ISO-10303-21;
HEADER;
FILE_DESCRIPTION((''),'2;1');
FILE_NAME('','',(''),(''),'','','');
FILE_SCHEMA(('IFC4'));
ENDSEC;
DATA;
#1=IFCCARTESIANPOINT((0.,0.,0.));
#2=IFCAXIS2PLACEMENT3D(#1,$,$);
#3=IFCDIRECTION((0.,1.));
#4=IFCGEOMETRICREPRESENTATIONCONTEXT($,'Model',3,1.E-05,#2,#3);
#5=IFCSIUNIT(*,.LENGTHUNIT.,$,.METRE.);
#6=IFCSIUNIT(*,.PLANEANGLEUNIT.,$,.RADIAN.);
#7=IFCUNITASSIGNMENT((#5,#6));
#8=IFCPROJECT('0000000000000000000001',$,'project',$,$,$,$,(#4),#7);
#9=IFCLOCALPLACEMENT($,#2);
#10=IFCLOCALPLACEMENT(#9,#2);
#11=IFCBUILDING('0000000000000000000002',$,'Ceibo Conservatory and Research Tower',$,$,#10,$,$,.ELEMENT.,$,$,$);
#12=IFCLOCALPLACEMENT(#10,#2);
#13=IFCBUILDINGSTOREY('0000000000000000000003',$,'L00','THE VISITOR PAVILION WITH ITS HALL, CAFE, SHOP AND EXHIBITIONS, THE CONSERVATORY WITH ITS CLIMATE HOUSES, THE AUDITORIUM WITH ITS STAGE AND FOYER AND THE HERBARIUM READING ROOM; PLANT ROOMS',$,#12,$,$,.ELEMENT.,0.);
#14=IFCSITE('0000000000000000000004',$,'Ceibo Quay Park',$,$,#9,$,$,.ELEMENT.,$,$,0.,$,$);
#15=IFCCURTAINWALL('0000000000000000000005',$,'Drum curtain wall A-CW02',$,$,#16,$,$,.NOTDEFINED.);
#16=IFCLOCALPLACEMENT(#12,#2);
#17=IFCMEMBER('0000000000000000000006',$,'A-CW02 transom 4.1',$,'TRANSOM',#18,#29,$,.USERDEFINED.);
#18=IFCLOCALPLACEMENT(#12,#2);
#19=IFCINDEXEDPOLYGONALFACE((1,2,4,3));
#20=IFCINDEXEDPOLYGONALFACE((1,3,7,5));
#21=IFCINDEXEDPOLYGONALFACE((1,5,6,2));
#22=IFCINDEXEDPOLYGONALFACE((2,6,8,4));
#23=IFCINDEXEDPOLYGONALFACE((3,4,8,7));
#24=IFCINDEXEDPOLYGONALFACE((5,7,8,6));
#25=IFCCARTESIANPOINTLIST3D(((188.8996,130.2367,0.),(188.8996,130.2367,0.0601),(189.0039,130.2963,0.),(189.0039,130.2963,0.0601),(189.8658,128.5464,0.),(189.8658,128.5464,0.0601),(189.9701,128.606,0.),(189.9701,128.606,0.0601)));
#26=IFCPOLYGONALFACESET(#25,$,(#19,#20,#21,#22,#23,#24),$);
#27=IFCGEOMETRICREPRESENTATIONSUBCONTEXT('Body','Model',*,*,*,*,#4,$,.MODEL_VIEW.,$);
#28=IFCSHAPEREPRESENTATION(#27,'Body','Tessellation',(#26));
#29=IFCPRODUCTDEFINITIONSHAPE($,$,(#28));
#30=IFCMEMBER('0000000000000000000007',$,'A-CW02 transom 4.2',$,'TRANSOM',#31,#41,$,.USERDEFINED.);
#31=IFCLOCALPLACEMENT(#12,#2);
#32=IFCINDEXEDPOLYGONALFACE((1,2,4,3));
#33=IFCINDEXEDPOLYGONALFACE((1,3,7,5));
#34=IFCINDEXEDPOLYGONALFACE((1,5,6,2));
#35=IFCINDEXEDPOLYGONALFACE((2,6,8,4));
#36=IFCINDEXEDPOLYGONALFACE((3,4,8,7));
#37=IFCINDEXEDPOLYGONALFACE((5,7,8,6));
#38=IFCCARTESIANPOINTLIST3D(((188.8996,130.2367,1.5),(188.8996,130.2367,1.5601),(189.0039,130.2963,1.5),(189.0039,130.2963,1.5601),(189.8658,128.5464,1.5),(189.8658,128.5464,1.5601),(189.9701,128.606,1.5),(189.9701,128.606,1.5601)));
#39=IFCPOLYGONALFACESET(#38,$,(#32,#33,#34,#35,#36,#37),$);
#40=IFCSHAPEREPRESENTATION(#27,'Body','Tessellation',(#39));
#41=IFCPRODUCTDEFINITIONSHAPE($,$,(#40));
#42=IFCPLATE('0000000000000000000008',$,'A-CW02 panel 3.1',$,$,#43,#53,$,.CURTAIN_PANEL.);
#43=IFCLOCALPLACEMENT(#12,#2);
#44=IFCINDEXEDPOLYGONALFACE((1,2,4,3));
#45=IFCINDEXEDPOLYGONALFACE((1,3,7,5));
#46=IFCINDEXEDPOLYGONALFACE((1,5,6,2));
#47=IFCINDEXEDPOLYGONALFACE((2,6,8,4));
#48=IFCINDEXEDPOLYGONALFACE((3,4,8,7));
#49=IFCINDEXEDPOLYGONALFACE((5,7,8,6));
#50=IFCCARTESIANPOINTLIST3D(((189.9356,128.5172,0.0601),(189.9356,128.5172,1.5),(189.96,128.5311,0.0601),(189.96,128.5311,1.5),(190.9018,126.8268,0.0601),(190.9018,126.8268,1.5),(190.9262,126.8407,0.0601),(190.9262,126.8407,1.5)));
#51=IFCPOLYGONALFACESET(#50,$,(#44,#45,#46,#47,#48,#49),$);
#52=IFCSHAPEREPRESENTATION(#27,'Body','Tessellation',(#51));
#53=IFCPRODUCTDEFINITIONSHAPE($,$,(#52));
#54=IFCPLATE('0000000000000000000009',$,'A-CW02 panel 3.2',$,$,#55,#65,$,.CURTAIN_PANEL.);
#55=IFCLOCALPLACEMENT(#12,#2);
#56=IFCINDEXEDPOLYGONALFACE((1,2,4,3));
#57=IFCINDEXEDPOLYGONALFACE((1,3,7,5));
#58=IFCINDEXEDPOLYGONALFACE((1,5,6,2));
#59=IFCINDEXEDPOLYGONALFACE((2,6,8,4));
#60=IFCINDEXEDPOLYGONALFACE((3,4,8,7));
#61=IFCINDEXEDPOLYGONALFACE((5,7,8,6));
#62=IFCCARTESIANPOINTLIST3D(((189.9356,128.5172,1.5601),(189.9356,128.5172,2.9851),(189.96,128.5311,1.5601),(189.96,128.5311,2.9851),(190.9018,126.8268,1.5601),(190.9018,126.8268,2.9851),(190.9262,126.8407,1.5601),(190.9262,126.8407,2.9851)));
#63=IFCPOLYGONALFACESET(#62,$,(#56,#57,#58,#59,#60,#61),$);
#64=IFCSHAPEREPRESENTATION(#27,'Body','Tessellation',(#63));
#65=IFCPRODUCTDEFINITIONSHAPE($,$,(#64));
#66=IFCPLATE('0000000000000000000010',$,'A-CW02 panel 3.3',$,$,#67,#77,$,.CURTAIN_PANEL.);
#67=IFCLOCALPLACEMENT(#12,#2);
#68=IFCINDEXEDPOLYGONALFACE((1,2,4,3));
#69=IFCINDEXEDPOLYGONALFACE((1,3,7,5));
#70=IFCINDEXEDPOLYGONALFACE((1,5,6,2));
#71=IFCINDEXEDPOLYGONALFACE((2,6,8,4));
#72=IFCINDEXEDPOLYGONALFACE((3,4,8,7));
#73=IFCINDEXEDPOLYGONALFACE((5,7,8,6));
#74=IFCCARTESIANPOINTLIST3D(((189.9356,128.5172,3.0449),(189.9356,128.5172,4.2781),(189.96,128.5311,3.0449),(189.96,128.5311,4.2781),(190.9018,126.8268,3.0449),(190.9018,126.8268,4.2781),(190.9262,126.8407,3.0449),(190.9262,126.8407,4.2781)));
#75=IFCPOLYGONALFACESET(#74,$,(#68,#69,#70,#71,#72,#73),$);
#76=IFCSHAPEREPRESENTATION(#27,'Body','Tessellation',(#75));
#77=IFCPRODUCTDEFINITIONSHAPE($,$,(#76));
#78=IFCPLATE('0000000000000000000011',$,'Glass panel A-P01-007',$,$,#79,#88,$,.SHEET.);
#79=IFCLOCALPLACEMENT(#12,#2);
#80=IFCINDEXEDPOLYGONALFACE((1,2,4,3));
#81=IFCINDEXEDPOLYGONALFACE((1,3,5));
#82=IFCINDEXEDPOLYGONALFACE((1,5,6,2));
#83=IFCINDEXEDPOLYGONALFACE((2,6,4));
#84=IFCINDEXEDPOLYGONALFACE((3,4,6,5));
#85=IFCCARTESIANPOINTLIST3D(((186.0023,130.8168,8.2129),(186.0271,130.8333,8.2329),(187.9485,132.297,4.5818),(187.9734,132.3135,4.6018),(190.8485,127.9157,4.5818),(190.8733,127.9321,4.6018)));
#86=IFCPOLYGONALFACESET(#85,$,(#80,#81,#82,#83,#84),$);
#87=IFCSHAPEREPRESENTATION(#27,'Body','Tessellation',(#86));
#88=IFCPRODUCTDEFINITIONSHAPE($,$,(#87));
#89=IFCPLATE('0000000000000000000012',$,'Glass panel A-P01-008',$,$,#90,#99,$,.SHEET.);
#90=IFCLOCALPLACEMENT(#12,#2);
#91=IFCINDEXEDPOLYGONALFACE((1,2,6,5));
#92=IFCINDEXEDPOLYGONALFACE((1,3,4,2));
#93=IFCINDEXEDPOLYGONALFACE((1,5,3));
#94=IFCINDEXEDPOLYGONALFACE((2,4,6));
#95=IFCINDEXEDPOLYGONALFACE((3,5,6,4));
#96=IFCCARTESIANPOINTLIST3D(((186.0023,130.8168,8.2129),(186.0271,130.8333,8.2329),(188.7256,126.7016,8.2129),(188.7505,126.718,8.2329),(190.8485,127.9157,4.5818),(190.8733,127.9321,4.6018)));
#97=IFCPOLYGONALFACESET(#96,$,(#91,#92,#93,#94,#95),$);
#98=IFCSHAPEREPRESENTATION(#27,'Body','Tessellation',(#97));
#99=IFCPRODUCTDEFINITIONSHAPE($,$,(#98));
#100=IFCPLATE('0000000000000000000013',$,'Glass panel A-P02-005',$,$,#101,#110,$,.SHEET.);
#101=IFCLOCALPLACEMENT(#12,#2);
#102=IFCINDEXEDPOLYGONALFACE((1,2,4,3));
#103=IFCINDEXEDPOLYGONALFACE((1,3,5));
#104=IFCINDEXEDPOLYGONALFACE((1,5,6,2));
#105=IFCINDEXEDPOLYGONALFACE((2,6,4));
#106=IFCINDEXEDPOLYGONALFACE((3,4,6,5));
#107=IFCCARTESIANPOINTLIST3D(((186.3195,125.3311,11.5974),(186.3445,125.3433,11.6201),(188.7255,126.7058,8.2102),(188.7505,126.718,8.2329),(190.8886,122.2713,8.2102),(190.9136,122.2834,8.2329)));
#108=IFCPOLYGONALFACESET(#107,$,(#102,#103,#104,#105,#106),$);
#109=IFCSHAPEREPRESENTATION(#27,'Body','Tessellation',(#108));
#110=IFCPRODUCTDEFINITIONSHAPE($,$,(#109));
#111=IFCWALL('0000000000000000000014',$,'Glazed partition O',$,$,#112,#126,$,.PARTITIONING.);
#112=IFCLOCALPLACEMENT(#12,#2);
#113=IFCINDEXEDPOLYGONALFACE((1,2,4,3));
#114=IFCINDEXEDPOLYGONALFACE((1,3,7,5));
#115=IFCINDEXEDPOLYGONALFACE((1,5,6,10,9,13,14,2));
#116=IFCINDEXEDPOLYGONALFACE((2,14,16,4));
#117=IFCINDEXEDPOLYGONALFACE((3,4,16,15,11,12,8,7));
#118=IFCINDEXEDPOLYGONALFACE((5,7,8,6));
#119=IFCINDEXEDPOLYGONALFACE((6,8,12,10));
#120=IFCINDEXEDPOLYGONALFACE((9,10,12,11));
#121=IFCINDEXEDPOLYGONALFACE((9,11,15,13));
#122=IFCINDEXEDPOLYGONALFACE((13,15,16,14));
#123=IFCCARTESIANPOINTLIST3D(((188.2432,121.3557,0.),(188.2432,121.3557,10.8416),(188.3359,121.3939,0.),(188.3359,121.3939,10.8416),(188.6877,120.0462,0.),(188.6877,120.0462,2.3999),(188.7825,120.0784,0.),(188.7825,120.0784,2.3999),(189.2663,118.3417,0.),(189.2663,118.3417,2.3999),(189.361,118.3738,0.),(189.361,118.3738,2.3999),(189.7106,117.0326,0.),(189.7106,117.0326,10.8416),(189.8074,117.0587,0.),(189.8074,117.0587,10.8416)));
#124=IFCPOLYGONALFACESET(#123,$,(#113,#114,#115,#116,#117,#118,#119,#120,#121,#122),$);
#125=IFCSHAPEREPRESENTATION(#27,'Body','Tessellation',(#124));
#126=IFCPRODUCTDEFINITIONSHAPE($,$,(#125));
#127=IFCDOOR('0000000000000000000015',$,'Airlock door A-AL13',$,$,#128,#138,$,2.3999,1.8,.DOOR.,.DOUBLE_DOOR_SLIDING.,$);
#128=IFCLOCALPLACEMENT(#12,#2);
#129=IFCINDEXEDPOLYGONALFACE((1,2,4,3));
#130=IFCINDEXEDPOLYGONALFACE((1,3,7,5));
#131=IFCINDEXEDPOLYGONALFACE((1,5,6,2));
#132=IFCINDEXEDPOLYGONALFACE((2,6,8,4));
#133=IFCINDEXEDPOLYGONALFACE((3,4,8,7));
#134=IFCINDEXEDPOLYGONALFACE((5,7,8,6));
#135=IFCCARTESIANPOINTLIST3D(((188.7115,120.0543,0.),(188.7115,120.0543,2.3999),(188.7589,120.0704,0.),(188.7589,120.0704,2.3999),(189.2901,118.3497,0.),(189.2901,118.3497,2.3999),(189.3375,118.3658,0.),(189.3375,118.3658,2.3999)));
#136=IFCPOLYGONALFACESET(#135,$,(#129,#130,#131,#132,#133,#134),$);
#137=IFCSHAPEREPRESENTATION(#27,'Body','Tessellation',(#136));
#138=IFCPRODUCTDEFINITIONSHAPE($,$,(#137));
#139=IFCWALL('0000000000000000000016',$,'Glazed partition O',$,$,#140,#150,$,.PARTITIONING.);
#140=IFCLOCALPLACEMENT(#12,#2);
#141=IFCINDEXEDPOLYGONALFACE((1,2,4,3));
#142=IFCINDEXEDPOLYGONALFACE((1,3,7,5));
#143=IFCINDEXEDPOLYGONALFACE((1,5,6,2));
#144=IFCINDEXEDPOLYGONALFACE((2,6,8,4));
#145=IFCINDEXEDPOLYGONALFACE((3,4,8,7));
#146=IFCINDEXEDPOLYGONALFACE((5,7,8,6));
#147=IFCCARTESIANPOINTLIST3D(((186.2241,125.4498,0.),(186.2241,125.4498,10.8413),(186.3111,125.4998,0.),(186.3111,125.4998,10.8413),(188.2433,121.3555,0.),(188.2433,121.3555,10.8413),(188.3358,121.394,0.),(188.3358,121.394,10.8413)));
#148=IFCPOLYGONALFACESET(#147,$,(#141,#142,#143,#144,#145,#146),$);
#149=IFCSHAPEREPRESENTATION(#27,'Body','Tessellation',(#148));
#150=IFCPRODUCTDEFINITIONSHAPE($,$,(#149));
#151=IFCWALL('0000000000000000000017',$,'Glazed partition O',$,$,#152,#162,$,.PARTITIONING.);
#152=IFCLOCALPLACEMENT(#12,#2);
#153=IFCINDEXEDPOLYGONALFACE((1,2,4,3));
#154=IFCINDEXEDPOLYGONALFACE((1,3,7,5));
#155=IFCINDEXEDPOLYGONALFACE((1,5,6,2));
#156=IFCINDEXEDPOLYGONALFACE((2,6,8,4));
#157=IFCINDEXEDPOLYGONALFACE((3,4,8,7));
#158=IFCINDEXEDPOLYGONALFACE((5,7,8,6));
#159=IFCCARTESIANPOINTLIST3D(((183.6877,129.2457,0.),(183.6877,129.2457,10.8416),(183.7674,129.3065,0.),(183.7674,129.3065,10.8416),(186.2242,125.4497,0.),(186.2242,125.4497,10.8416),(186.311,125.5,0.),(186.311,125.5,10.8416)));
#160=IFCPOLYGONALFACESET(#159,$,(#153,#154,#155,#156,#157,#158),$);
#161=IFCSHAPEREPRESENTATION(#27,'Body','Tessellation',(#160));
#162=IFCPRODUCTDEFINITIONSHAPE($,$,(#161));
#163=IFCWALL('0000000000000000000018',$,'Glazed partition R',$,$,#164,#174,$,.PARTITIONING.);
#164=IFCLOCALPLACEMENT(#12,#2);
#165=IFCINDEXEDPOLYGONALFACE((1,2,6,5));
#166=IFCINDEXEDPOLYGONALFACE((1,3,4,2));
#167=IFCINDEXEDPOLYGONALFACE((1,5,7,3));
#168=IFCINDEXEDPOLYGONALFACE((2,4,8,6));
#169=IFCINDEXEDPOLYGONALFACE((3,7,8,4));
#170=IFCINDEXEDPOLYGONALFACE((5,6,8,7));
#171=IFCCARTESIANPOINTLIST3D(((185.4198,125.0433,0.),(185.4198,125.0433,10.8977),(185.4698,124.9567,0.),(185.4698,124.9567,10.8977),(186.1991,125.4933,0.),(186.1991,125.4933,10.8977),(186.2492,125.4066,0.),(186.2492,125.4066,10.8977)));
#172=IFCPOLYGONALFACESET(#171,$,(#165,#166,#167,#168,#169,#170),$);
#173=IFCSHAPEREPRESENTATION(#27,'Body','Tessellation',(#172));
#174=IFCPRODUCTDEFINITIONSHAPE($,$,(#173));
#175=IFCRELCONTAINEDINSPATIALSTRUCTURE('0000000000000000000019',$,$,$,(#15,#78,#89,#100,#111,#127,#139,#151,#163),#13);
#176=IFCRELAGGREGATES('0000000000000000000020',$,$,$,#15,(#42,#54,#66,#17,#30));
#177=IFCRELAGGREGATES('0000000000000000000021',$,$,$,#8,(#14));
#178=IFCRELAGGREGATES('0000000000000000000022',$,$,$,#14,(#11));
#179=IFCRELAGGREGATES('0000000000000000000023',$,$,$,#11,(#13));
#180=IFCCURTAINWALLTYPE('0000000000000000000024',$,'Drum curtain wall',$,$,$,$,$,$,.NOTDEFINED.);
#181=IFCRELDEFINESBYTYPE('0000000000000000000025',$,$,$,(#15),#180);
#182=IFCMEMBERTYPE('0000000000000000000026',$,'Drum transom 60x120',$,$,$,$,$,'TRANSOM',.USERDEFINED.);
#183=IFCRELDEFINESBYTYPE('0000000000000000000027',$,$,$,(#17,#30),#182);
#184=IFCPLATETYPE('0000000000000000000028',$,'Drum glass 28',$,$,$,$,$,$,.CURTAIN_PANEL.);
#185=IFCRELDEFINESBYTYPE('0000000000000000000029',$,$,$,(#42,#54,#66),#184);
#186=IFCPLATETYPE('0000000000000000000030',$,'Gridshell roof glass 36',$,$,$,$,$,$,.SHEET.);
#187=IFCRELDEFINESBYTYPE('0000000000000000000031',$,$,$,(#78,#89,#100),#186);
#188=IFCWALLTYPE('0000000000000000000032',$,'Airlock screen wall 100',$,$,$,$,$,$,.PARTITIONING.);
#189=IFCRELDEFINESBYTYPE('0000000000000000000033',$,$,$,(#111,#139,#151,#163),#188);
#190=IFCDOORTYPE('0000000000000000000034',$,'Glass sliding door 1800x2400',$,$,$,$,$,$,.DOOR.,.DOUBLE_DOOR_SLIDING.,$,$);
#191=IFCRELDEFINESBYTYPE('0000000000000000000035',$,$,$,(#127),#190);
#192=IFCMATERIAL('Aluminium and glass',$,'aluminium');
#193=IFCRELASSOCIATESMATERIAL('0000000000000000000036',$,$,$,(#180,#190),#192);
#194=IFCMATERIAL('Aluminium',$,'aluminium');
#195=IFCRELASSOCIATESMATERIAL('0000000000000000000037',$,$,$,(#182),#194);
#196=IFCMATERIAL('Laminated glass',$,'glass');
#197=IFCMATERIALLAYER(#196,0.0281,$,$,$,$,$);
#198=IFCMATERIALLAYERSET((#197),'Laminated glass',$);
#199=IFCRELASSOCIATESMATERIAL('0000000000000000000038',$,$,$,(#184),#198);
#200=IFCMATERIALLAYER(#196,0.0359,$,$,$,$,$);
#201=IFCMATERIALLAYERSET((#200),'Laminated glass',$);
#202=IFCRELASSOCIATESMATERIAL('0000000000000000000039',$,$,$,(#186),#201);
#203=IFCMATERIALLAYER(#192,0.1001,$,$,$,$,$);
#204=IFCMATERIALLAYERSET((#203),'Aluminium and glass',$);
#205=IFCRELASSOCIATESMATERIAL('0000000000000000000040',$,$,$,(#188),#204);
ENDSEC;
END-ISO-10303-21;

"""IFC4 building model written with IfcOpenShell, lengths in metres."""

from ifc_helpers import new_model, si_unit, direction, frame, frame_2d, origin, origin_2d, place, context, subcontext, project, spatial, polyline, rectangle, outline, extrude, material, layer, layer_set, material_profile, profile_set, type_object, element, fill, aggregate, save


model = new_model("IFC4")

# Units and contexts
model_context = context("Model", 3, precision=1e-05, world=origin(), true_north=direction((0.0, 1.0)))
body_context = subcontext(model_context, "Body", "Model", "MODEL_VIEW")
ifc_project = project(units=[si_unit("LENGTHUNIT", "METRE"), si_unit("PLANEANGLEUNIT", "RADIAN")], contexts=[model_context])

# Site, building, storey
site_placement = place(None, origin())
site = spatial("IfcSite", under=ifc_project, at=site_placement, Name="Ceibo Quay Park", CompositionType="ELEMENT", RefElevation=0.0)
building_placement = place(site_placement, origin())
building = spatial("IfcBuilding", under=site, at=building_placement, Name="Ceibo Conservatory and Research Tower", CompositionType="ELEMENT")
storey_placement = place(building_placement, origin())
storey = spatial("IfcBuildingStorey", under=building, at=storey_placement, Name="L00", Description="THE VISITOR PAVILION WITH ITS HALL, CAFE, SHOP AND EXHIBITIONS, THE CONSERVATORY WITH ITS CLIMATE HOUSES, THE AUDITORIUM WITH ITS STAGE AND FOYER AND THE HERBARIUM READING ROOM; PLANT ROOMS", CompositionType="ELEMENT", Elevation=0.0)

# Curtain wall, members, plates
ifc_material_1 = material(Name="Aluminium and glass", Category="aluminium")
curtain_wall_type = type_object("IfcCurtainWallType", Name="Drum curtain wall", PredefinedType="NOTDEFINED", material=ifc_material_1)
curtain_wall_placement = place(storey_placement, origin())
curtain_wall = element("IfcCurtainWall", 1, at=curtain_wall_placement, inside=storey, type_object=curtain_wall_type, Name="Drum curtain wall A-CW02", PredefinedType="NOTDEFINED")
ifc_material_2 = material(Name="Aluminium", Category="aluminium")
ifc_material_profile_1 = material_profile(ifc_material_2, rectangle(XDim=0.1201, YDim=0.0601, at=origin_2d()), Name="AL 60x120")
ifc_profile_set_1 = profile_set([ifc_material_profile_1], Name="Aluminium")
member_type_1 = type_object("IfcMemberType", Name="Drum transom 60x120", ElementType="TRANSOM", PredefinedType="USERDEFINED", material=ifc_profile_set_1)
member_1_placement = place(storey_placement, frame((189.918, 128.5762, 0.03), z_axis=(-0.496274, 0.868166, 0.0), x_axis=(-0.868166, -0.496274, 0.0)))
member_1 = element("IfcMember", 2, at=member_1_placement, type_object=member_type_1, Name="A-CW02 transom 4.1", ObjectType="TRANSOM", PredefinedType="USERDEFINED", context=body_context, shape_type="SweptSolid", body=[
    extrude(rectangle(XDim=0.1201, YDim=0.0601, at=origin_2d()), origin(), (0.0, 0.0, 1.0), 1.947),
])
member_2_placement = place(storey_placement, frame((189.918, 128.5762, 1.53), z_axis=(-0.496274, 0.868166, 0.0), x_axis=(-0.868166, -0.496274, 0.0)))
member_2 = element("IfcMember", 3, at=member_2_placement, type_object=member_type_1, Name="A-CW02 transom 4.2", ObjectType="TRANSOM", PredefinedType="USERDEFINED", context=body_context, shape_type="SweptSolid", body=[
    extrude(rectangle(XDim=0.1201, YDim=0.0601, at=origin_2d()), origin(), (0.0, 0.0, 1.0), 1.947),
])
ifc_material_3 = material(Name="Laminated glass", Category="glass")
ifc_layer_1 = layer(ifc_material_3, 0.0281)
ifc_layer_set_1 = layer_set([ifc_layer_1], Name="Laminated glass")
plate_type_1 = type_object("IfcPlateType", Name="Drum glass 28", PredefinedType="CURTAIN_PANEL", material=ifc_layer_set_1)
plate_1_placement = place(storey_placement, frame((190.4309, 127.679, 0.0601), z_axis=(0.0, 0.0, 1.0), x_axis=(-0.496216, 0.868199, 0.0)))
plate_1 = element("IfcPlate", 4, at=plate_1_placement, type_object=plate_type_1, Name="A-CW02 panel 3.1", PredefinedType="CURTAIN_PANEL", context=body_context, shape_type="SweptSolid", body=[
    extrude(rectangle(XDim=1.947, YDim=0.0281, at=origin_2d()), origin(), (0.0, 0.0, 1.0), 1.4399),
])
plate_2_placement = place(storey_placement, frame((190.4309, 127.679, 1.5601), z_axis=(0.0, 0.0, 1.0), x_axis=(-0.496216, 0.868199, 0.0)))
plate_2 = element("IfcPlate", 5, at=plate_2_placement, type_object=plate_type_1, Name="A-CW02 panel 3.2", PredefinedType="CURTAIN_PANEL", context=body_context, shape_type="SweptSolid", body=[
    extrude(rectangle(XDim=1.947, YDim=0.0281, at=origin_2d()), origin(), (0.0, 0.0, 1.0), 1.425),
])
plate_3_placement = place(storey_placement, frame((190.4309, 127.679, 3.0449), z_axis=(0.0, 0.0, 1.0), x_axis=(-0.496216, 0.868199, 0.0)))
plate_3 = element("IfcPlate", 6, at=plate_3_placement, type_object=plate_type_1, Name="A-CW02 panel 3.3", PredefinedType="CURTAIN_PANEL", context=body_context, shape_type="SweptSolid", body=[
    extrude(rectangle(XDim=1.947, YDim=0.0281, at=origin_2d()), origin(), (0.0, 0.0, 1.0), 1.2332),
])
aggregate(curtain_wall, [plate_1, plate_2, plate_3, member_1, member_2])

# Plates
ifc_layer_2 = layer(ifc_material_3, 0.0359)
ifc_layer_set_2 = layer_set([ifc_layer_2], Name="Laminated glass")
plate_type_2 = type_object("IfcPlateType", Name="Gridshell roof glass 36", PredefinedType="SHEET", material=ifc_layer_set_2)
plate_4_placement = place(storey_placement, frame((190.8733, 127.9321, 4.6018), z_axis=(0.692141, 0.458111, 0.557741), x_axis=(-0.551931, 0.83389, 0.0)))
element("IfcPlate", 7, at=plate_4_placement, inside=storey, type_object=plate_type_2, Name="Glass panel A-P01-007", PredefinedType="SHEET", context=body_context, shape_type="SweptSolid", body=[
    extrude(outline(polyline([(0.0, 0.0), (5.2541, 0.0), (5.094, 4.3747), (0.0, 0.0)])), origin(), (0.0, 0.0, -1.0), 0.0359),
])
plate_5_placement = place(storey_placement, frame((190.8733, 127.9321, 4.6018), z_axis=(0.692142, 0.458047, 0.557792), x_axis=(-0.72173, 0.432056, 0.54077)))
element("IfcPlate", 8, at=plate_5_placement, inside=storey, type_object=plate_type_2, Name="Glass panel A-P01-008", PredefinedType="SHEET", context=body_context, shape_type="SweptSolid", body=[
    extrude(outline(polyline([(0.0, 0.0), (6.7147, 0.0), (2.9711, 3.2152), (0.0, 0.0)])), origin(), (0.0, 0.0, -1.0), 0.0359),
])
plate_6_placement = place(storey_placement, frame((190.9136, 122.2834, 8.2329), z_axis=(0.696239, 0.33961, 0.63239), x_axis=(-0.438404, 0.898778, 0.0)))
element("IfcPlate", 9, at=plate_6_placement, inside=storey, type_object=plate_type_2, Name="Glass panel A-P02-005", PredefinedType="SHEET", context=body_context, shape_type="SweptSolid", body=[
    extrude(outline(polyline([(0.0, 0.0), (4.934, 0.0), (4.7532, 4.3726), (0.0, 0.0)])), origin(), (0.0, 0.0, -1.0), 0.0359),
])

# Wall, opening, door
ifc_layer_3 = layer(ifc_material_1, 0.1001)
ifc_layer_set_3 = layer_set([ifc_layer_3], Name="Aluminium and glass")
wall_type_1 = type_object("IfcWallType", Name="Airlock screen wall 100", PredefinedType="PARTITIONING", material=ifc_layer_set_3)
wall_1_placement = place(storey_placement, frame((189.759, 117.0457, 0.0), z_axis=(0.0, 0.0, 1.0), x_axis=(-0.32143, 0.946933, 0.0)))
wall_1 = element("IfcWall", 10, at=wall_1_placement, inside=storey, type_object=wall_type_1, Name="Glazed partition O", PredefinedType="PARTITIONING", context=body_context, shape_type="SweptSolid", body=[
    extrude(outline(polyline([(-0.0032, -0.05), (4.575, -0.05), (4.5686, 0.05), (0.0032, 0.05), (-0.0032, -0.05)])), origin(), (0.0, 0.0, 1.0), 10.8416),
])
opening_1_placement = place(wall_1_placement, frame((1.3857, 0.0, 0.0)))
opening_1 = element("IfcOpeningElement", 11, at=opening_1_placement, cuts=wall_1, PredefinedType="OPENING", context=body_context, shape_type="SweptSolid", body=[
    extrude(rectangle(XDim=1.8, YDim=2.3999, at=frame_2d((0.8999, 1.2))), frame((0.0, 0.0601, 0.0), z_axis=(0.0, -1.0, 0.0), x_axis=(1.0, 0.0, 0.0)), (0.0, 0.0, 1.0), 0.1201),
])
door_type = type_object("IfcDoorType", Name="Glass sliding door 1800x2400", OperationType="DOUBLE_DOOR_SLIDING", PredefinedType="DOOR", material=ifc_material_1)
door_1_placement = place(opening_1_placement, origin())
door_1 = element("IfcDoor", 12, at=door_1_placement, inside=storey, type_object=door_type, Name="Airlock door A-AL13", OperationType="DOUBLE_DOOR_SLIDING", OverallHeight=2.3999, OverallWidth=1.8, PredefinedType="DOOR", context=body_context, shape_type="SweptSolid", body=[
    extrude(rectangle(XDim=1.8, YDim=2.3999, at=frame_2d((0.8999, 1.2))), frame((0.0, 0.0249, 0.0), z_axis=(0.0, -1.0, 0.0), x_axis=(1.0, 0.0, 0.0)), (0.0, 0.0, 1.0), 0.05),
])
fill(opening_1, door_1)

# Walls
wall_2_placement = place(storey_placement, frame((188.2896, 121.3748, 0.0), z_axis=(0.0, 0.0, 1.0), x_axis=(-0.442294, 0.89687, 0.0)))
element("IfcWall", 13, at=wall_2_placement, inside=storey, type_object=wall_type_1, Name="Glazed partition O", PredefinedType="PARTITIONING", context=body_context, shape_type="SweptSolid", body=[
    extrude(outline(polyline([(-0.0032, -0.05), (4.5747, -0.05), (4.5684, 0.05), (0.0032, 0.05), (-0.0032, -0.05)])), origin(), (0.0, 0.0, 1.0), 10.8413),
])
wall_3_placement = place(storey_placement, frame((186.2676, 125.4749, 0.0), z_axis=(0.0, 0.0, 1.0), x_axis=(-0.555587, 0.831458, 0.0)))
element("IfcWall", 14, at=wall_3_placement, inside=storey, type_object=wall_type_1, Name="Glazed partition O", PredefinedType="PARTITIONING", context=body_context, shape_type="SweptSolid", body=[
    extrude(outline(polyline([(-0.0032, -0.05), (4.575, -0.05), (4.5686, 0.05), (0.0032, 0.05), (-0.0032, -0.05)])), origin(), (0.0, 0.0, 1.0), 10.8416),
])
wall_4_placement = place(storey_placement, frame((185.4448, 125.0, 0.0), z_axis=(0.0, 0.0, 1.0), x_axis=(0.866014, 0.50002, 0.0)))
element("IfcWall", 15, at=wall_4_placement, inside=storey, type_object=wall_type_1, Name="Glazed partition R", PredefinedType="PARTITIONING", context=body_context, shape_type="SweptSolid", body=[
    extrude(rectangle(XDim=0.8999, YDim=0.1001, at=frame_2d((0.45, 0.0))), origin(), (0.0, 0.0, 1.0), 10.8977),
])

save(model, "model.ifc")
